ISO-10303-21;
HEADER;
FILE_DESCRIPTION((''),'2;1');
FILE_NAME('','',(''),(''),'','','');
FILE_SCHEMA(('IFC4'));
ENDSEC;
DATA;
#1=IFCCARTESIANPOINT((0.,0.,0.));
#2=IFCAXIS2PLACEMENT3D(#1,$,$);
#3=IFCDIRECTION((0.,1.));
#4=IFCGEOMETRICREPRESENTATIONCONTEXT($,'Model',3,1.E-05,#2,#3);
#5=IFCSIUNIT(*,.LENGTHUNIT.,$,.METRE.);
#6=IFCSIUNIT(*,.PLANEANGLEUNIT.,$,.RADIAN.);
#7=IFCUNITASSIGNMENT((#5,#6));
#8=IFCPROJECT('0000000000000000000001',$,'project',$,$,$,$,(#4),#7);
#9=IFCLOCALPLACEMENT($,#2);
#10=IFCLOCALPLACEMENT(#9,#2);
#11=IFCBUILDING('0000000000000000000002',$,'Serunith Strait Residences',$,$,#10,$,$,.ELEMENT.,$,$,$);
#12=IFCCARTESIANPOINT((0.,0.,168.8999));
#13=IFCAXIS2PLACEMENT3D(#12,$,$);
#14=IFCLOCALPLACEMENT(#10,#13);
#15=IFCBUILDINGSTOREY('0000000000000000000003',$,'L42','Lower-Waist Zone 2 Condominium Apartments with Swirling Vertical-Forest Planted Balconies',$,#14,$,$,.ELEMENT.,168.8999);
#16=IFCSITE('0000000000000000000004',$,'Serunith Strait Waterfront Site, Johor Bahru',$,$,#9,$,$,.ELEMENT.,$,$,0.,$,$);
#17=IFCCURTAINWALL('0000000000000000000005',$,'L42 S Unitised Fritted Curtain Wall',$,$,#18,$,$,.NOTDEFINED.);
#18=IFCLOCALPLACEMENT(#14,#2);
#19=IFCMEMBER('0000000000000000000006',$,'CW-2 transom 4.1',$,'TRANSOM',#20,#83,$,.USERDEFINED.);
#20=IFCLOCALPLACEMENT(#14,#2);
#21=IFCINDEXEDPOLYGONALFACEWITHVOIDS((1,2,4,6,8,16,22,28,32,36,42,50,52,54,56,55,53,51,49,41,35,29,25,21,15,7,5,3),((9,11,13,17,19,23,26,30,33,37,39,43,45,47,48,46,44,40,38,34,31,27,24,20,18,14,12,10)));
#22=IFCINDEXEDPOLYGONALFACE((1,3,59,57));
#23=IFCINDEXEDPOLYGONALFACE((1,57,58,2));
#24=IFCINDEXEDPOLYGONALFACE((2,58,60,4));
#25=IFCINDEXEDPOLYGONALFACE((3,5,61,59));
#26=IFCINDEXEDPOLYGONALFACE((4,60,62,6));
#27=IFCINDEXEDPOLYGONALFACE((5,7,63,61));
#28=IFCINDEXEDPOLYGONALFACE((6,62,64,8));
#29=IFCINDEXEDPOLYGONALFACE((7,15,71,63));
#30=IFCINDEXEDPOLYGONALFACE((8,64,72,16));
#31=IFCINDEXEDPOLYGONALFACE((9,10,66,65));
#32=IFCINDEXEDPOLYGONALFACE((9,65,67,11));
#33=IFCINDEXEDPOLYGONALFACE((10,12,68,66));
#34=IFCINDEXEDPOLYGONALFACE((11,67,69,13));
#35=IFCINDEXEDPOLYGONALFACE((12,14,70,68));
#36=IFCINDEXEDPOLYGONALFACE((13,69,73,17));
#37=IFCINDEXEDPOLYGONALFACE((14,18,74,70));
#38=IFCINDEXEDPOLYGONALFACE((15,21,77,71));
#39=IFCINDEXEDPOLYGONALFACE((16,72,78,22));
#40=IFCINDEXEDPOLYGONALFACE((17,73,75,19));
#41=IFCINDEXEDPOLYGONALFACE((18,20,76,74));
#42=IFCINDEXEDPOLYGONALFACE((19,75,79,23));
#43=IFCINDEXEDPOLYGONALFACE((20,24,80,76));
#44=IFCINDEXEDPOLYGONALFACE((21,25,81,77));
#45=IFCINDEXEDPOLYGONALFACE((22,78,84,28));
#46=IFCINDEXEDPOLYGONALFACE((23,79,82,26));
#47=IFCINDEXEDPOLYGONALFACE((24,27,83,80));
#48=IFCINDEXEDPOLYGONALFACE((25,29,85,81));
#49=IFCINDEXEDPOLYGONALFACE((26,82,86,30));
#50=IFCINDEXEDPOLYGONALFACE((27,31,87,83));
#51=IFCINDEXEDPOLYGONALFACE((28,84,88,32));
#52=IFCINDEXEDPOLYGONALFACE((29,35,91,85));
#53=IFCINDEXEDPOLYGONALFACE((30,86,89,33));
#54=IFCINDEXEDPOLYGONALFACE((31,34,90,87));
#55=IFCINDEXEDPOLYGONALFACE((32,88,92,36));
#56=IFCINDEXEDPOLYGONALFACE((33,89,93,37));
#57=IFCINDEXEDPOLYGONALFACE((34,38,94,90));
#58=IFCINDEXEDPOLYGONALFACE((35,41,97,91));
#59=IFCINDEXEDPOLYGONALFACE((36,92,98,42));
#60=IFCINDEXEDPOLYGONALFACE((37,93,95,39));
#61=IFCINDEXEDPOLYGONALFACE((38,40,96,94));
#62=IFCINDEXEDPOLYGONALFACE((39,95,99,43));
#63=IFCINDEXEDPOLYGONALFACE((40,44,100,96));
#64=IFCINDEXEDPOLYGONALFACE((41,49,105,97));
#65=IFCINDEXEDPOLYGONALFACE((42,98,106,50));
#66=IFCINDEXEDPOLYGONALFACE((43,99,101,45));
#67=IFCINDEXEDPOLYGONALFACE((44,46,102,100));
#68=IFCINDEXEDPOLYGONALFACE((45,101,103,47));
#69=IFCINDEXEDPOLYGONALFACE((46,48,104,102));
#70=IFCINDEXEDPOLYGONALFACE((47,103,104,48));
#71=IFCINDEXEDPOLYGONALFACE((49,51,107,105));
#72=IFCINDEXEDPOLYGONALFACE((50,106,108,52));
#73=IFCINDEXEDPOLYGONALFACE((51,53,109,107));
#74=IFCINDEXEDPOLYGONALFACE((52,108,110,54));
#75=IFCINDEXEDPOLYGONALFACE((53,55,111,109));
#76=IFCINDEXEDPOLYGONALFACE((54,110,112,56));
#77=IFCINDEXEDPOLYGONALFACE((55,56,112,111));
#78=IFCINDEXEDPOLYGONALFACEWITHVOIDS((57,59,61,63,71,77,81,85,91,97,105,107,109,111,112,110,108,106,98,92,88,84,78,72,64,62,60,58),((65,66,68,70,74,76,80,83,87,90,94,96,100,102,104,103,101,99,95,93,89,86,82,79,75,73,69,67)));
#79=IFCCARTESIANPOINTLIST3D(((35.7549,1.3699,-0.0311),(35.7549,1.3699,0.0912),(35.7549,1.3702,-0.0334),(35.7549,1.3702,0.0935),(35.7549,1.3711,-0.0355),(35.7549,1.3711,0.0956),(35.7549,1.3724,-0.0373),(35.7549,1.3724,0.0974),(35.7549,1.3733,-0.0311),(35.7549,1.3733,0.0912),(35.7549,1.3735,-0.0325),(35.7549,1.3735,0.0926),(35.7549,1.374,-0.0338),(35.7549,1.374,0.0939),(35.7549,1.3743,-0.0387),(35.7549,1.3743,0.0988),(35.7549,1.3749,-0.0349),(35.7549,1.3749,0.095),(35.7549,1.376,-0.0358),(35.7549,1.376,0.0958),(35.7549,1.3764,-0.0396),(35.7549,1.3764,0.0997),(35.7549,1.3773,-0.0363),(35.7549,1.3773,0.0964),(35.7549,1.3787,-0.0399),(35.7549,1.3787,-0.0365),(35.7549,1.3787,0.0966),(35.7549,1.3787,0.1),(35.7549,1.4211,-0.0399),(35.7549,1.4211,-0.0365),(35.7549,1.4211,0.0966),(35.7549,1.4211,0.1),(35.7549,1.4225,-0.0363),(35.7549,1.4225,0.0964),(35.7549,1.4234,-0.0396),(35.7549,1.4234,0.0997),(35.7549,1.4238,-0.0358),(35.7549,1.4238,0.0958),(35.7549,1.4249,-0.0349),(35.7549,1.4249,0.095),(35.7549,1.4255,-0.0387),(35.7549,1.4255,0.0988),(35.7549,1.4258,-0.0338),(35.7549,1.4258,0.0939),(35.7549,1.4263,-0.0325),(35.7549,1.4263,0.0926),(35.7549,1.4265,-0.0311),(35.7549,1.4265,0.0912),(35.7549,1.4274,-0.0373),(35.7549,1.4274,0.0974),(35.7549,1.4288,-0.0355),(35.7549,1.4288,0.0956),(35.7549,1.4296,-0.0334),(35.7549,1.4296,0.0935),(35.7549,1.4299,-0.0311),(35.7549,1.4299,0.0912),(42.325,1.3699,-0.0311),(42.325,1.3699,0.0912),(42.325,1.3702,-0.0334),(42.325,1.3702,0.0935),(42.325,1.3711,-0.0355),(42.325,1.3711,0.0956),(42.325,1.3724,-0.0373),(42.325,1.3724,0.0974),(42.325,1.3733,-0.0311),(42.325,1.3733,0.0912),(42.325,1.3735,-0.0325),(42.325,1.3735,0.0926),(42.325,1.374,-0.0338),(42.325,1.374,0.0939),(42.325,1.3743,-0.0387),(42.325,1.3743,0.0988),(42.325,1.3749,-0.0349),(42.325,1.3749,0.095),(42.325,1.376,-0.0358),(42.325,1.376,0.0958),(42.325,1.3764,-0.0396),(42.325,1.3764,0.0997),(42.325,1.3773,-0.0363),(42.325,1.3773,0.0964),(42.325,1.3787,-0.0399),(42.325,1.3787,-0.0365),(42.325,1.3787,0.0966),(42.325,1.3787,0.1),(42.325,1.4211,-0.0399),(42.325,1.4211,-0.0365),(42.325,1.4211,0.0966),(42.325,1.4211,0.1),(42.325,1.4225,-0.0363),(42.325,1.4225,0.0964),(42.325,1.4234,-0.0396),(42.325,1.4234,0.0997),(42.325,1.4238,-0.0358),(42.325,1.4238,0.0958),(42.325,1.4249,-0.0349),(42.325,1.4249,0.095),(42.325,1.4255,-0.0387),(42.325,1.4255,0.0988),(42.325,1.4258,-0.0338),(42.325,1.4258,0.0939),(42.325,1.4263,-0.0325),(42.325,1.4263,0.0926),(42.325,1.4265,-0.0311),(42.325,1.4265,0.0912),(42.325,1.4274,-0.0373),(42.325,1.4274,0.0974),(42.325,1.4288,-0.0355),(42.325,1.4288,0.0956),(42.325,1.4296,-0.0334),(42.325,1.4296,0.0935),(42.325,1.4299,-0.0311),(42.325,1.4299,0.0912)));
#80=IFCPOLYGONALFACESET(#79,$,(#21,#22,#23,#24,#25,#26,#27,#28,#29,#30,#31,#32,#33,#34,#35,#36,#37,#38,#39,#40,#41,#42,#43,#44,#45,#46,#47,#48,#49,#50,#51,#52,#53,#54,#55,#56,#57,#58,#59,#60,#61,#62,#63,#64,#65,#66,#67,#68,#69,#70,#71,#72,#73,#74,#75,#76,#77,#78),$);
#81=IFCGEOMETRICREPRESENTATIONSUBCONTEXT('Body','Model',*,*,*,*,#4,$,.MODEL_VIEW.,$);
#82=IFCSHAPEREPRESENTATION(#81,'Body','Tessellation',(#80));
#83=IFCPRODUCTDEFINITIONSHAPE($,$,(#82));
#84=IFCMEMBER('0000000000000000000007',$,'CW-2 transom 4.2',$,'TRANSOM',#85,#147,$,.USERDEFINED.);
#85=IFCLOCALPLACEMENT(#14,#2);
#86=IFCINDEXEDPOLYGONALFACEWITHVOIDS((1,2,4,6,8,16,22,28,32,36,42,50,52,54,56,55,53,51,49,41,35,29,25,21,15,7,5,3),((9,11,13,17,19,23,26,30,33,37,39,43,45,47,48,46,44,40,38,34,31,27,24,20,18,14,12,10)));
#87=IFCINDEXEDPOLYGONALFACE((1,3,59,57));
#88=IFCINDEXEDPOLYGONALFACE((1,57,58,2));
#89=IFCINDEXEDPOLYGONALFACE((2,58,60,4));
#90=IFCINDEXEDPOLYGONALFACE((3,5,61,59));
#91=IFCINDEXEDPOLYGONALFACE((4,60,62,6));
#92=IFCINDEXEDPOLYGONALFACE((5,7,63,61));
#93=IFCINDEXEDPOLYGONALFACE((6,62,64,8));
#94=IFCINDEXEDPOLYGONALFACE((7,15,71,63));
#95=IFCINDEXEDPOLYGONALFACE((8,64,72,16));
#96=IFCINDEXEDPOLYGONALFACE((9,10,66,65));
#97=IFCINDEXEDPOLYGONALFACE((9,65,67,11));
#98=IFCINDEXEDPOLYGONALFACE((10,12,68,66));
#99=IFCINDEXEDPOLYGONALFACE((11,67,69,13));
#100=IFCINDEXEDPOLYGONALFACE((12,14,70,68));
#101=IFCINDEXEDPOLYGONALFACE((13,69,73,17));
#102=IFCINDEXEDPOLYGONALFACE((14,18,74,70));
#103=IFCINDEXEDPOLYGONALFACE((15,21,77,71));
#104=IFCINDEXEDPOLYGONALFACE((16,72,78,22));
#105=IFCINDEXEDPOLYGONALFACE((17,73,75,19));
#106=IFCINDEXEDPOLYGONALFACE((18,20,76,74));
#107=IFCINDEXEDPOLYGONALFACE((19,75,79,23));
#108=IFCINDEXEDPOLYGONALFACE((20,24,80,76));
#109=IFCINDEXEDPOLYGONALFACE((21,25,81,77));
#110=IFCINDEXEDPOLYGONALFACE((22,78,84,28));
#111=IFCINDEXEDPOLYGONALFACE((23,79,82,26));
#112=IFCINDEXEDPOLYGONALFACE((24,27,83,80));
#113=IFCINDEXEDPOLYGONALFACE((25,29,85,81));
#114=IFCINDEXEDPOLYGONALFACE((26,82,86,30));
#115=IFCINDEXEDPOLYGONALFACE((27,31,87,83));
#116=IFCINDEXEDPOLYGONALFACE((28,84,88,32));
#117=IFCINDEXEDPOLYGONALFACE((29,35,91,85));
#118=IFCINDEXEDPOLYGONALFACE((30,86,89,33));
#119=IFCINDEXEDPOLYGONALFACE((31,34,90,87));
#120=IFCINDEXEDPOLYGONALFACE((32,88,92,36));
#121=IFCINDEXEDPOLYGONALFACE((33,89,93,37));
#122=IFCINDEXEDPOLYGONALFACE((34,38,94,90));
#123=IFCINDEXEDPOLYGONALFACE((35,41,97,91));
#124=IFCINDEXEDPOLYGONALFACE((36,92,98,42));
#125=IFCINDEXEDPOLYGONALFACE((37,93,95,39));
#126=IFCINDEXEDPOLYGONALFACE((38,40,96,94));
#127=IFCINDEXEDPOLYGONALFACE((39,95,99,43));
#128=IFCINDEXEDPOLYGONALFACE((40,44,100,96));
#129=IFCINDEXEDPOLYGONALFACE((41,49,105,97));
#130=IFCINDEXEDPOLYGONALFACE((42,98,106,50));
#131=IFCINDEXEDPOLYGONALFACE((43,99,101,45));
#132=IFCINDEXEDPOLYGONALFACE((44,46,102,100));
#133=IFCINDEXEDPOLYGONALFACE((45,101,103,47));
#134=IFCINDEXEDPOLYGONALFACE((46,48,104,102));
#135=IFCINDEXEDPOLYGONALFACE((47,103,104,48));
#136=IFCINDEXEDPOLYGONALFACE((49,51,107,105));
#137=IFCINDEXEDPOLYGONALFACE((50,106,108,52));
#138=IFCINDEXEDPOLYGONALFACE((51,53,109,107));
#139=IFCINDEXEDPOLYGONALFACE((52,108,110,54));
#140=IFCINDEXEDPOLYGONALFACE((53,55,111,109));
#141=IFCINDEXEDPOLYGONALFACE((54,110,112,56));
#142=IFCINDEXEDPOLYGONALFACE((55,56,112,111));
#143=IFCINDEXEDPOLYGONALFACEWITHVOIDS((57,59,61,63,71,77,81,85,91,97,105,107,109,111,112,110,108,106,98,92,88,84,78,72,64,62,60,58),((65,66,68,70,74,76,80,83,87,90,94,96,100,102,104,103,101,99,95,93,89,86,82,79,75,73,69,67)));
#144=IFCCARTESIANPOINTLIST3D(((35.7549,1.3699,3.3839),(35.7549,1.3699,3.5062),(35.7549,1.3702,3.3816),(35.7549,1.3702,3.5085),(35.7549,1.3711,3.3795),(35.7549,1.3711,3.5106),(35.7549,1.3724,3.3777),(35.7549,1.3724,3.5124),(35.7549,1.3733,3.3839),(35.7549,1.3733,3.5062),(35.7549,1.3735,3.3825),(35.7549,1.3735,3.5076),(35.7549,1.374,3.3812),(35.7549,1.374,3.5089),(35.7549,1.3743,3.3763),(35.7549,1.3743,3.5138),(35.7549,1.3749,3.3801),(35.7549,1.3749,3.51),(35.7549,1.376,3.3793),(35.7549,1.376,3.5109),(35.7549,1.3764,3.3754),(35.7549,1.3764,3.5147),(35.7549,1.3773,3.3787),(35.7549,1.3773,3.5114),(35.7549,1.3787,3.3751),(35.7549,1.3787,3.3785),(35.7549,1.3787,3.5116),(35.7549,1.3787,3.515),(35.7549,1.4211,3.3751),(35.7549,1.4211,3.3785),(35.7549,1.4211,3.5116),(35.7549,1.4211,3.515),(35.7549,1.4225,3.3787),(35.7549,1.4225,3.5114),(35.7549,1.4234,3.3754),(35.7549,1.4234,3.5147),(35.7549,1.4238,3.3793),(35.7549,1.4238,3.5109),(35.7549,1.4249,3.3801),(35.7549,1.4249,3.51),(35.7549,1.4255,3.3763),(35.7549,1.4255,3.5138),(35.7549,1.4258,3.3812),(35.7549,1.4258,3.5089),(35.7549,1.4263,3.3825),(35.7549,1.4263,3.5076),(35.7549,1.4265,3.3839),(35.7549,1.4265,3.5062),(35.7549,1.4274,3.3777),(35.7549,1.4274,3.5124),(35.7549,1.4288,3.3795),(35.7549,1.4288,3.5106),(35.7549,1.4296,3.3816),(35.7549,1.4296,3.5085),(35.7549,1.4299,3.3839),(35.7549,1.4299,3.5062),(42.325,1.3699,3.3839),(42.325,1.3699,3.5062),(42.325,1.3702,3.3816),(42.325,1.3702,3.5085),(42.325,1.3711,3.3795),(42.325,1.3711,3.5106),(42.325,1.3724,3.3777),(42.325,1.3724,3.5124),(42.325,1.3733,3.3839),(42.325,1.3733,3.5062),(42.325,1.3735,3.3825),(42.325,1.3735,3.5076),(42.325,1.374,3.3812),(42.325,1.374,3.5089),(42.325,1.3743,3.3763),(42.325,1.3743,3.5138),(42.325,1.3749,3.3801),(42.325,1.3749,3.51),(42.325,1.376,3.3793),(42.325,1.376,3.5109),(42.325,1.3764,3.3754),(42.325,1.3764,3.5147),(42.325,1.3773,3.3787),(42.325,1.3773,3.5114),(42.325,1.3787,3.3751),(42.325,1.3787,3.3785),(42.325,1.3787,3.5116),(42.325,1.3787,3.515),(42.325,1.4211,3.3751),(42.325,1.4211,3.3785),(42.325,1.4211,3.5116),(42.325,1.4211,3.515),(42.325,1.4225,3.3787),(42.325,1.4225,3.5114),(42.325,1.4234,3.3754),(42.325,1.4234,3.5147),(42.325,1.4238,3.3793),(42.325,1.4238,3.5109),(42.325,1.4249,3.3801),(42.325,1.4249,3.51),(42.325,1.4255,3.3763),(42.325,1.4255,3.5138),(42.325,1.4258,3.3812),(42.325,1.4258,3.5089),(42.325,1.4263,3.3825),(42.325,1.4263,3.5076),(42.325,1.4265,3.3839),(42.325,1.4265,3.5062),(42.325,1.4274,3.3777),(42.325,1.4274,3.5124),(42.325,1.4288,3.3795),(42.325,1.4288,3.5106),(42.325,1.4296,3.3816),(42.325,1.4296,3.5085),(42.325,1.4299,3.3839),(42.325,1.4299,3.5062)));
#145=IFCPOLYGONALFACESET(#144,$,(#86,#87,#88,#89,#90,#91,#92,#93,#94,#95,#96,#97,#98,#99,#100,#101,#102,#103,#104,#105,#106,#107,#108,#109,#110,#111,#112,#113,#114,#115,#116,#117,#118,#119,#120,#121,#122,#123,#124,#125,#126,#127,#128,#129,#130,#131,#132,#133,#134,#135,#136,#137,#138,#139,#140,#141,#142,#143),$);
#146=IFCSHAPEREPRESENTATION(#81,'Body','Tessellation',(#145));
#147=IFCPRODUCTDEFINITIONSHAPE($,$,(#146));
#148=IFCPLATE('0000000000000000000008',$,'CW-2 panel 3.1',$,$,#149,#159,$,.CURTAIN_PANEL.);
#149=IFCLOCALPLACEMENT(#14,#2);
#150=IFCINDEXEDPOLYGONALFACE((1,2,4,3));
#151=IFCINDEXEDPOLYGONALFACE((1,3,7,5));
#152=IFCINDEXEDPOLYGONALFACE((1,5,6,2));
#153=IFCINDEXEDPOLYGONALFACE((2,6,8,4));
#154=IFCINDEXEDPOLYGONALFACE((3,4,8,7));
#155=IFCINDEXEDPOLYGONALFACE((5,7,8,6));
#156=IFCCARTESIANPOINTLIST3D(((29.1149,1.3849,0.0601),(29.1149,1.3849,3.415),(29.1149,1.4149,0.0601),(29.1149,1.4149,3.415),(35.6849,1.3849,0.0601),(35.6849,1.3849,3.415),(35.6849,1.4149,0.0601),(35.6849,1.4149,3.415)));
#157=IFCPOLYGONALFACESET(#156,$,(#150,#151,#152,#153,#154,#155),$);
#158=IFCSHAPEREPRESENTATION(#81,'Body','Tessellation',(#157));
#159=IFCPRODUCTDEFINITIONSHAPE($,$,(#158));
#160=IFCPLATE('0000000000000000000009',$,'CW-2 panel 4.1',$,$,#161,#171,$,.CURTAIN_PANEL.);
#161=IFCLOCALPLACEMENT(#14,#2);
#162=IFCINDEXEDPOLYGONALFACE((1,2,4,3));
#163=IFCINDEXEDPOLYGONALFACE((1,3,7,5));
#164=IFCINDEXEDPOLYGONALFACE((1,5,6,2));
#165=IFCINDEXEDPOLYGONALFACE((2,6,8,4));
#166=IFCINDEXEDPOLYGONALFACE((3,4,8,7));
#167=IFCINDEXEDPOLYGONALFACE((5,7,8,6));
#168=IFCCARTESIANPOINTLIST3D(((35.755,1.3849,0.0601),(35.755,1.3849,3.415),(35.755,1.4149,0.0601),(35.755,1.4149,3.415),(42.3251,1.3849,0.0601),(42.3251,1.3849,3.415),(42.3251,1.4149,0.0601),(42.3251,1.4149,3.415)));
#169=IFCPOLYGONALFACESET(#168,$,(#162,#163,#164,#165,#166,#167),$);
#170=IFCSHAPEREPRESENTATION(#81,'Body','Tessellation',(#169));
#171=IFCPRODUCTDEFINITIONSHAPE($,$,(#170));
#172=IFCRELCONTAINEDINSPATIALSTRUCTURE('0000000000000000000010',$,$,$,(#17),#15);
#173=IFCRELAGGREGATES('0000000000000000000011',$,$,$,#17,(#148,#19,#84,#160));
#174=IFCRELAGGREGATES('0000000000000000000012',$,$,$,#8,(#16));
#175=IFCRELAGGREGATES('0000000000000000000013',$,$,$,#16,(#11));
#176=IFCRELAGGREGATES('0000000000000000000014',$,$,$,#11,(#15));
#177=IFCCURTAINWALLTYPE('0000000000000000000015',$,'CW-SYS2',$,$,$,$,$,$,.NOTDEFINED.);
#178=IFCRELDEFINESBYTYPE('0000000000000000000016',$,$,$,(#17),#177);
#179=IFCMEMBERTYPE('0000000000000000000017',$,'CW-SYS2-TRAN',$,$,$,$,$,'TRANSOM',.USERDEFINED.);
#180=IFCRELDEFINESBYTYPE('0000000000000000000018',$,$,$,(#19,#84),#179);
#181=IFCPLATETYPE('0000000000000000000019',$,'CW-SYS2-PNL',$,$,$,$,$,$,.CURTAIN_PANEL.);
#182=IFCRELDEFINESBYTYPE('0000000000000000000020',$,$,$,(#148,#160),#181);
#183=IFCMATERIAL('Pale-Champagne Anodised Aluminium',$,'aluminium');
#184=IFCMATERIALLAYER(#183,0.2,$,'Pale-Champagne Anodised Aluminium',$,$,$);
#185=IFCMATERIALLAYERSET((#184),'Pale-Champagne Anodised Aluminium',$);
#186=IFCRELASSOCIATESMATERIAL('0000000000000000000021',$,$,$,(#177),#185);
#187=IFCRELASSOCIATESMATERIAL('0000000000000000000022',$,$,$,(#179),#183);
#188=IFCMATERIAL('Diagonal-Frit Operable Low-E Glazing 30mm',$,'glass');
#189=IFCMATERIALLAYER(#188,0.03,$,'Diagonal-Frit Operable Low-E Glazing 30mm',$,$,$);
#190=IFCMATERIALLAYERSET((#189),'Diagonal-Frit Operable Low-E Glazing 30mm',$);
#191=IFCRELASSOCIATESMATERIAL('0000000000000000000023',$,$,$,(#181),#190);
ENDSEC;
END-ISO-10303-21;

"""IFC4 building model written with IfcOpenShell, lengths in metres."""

from ifc_helpers import new_model, si_unit, direction, frame, origin, origin_2d, place, context, subcontext, project, spatial, rectangle, hollow_rectangle, extrude, source, transform, mapped, material, layer, layer_set, material_profile, profile_set, type_object, element, aggregate, save


model = new_model("IFC4")

# Units and contexts
model_context = context("Model", 3, precision=1e-05, world=origin(), true_north=direction((0.0, 1.0)))
body_context = subcontext(model_context, "Body", "Model", "MODEL_VIEW")
ifc_project = project(units=[si_unit("LENGTHUNIT", "METRE"), si_unit("PLANEANGLEUNIT", "RADIAN")], contexts=[model_context])

# Site, building, storey
site_placement = place(None, origin())
site = spatial("IfcSite", under=ifc_project, at=site_placement, Name="Serunith Strait Waterfront Site, Johor Bahru", CompositionType="ELEMENT", RefElevation=0.0)
building_placement = place(site_placement, origin())
building = spatial("IfcBuilding", under=site, at=building_placement, Name="Serunith Strait Residences", CompositionType="ELEMENT")
storey_placement = place(building_placement, frame((0.0, 0.0, 168.8999)))
storey = spatial("IfcBuildingStorey", under=building, at=storey_placement, Name="L42", Description="Lower-Waist Zone 2 Condominium Apartments with Swirling Vertical-Forest Planted Balconies", CompositionType="ELEMENT", Elevation=168.8999)

# Curtain wall, members, plates
ifc_material_1 = material(Name="Pale-Champagne Anodised Aluminium", Category="aluminium")
ifc_layer_1 = layer(ifc_material_1, 0.2, Name="Pale-Champagne Anodised Aluminium")
ifc_layer_set_1 = layer_set([ifc_layer_1], Name="Pale-Champagne Anodised Aluminium")
curtain_wall_type = type_object("IfcCurtainWallType", Name="CW-SYS2", PredefinedType="NOTDEFINED", material=ifc_layer_set_1)
curtain_wall_placement = place(storey_placement, origin())
curtain_wall = element("IfcCurtainWall", 1, at=curtain_wall_placement, inside=storey, type_object=curtain_wall_type, Name="L42 S Unitised Fritted Curtain Wall", PredefinedType="NOTDEFINED")
ifc_material_profile_1 = material_profile(ifc_material_1, hollow_rectangle(XDim=0.0601, YDim=0.1399, WallThickness=0.0034, InnerFilletRadius=0.0054, OuterFilletRadius=0.0088, at=origin_2d()), Name="ALU 140x60x3.5")
ifc_profile_set_1 = profile_set([ifc_material_profile_1], Name="Pale-Champagne Anodised Aluminium")
member_type_1 = type_object("IfcMemberType", Name="CW-SYS2-TRAN", ElementType="TRANSOM", PredefinedType="USERDEFINED", material=ifc_profile_set_1)
shared_shape_1 = source(origin(), body_context, "Body", "SweptSolid", [
    extrude(hollow_rectangle(XDim=0.0601, YDim=0.1399, WallThickness=0.0034, InnerFilletRadius=0.0054, OuterFilletRadius=0.0088, at=origin_2d()), origin(), (0.0, 0.0, 1.0), 6.5701),
])
member_1_placement = place(storey_placement, frame((35.7549, 1.3999, 0.03), z_axis=(1.0, 0.0, 0.0), x_axis=(0.0, 1.0, 0.0)))
member_1 = element("IfcMember", 2, at=member_1_placement, type_object=member_type_1, Name="CW-2 transom 4.1", ObjectType="TRANSOM", PredefinedType="USERDEFINED", context=body_context, shape_type="MappedRepresentation", body=[
    mapped(shared_shape_1, transform((0.0, 0.0, 0.0), scale=1.0)),
])
member_2_placement = place(storey_placement, frame((35.7549, 1.3999, 3.4451), z_axis=(1.0, 0.0, 0.0), x_axis=(0.0, 1.0, 0.0)))
member_2 = element("IfcMember", 3, at=member_2_placement, type_object=member_type_1, Name="CW-2 transom 4.2", ObjectType="TRANSOM", PredefinedType="USERDEFINED", context=body_context, shape_type="MappedRepresentation", body=[
    mapped(shared_shape_1, transform((0.0, 0.0, 0.0), scale=1.0)),
])
ifc_material_2 = material(Name="Diagonal-Frit Operable Low-E Glazing 30mm", Category="glass")
ifc_layer_2 = layer(ifc_material_2, 0.03, Name="Diagonal-Frit Operable Low-E Glazing 30mm")
ifc_layer_set_2 = layer_set([ifc_layer_2], Name="Diagonal-Frit Operable Low-E Glazing 30mm")
plate_type = type_object("IfcPlateType", Name="CW-SYS2-PNL", PredefinedType="CURTAIN_PANEL", material=ifc_layer_set_2)
shared_shape_2 = source(origin(), body_context, "Body", "SweptSolid", [
    extrude(rectangle(XDim=6.5701, YDim=0.03, at=origin_2d()), origin(), (0.0, 0.0, 1.0), 3.355),
])
plate_1_placement = place(storey_placement, frame((32.3999, 1.3999, 0.0601), z_axis=(0.0, 0.0, 1.0), x_axis=(1.0, 0.0, 0.0)))
plate_1 = element("IfcPlate", 4, at=plate_1_placement, type_object=plate_type, Name="CW-2 panel 3.1", PredefinedType="CURTAIN_PANEL", context=body_context, shape_type="MappedRepresentation", body=[
    mapped(shared_shape_2, transform((0.0, 0.0, 0.0), scale=1.0)),
])
plate_2_placement = place(storey_placement, frame((39.04, 1.3999, 0.0601), z_axis=(0.0, 0.0, 1.0), x_axis=(1.0, 0.0, 0.0)))
plate_2 = element("IfcPlate", 5, at=plate_2_placement, type_object=plate_type, Name="CW-2 panel 4.1", PredefinedType="CURTAIN_PANEL", context=body_context, shape_type="MappedRepresentation", body=[
    mapped(shared_shape_2, transform((0.0, 0.0, 0.0), scale=1.0)),
])
aggregate(curtain_wall, [plate_1, member_1, member_2, plate_2])

save(model, "model.ifc")
